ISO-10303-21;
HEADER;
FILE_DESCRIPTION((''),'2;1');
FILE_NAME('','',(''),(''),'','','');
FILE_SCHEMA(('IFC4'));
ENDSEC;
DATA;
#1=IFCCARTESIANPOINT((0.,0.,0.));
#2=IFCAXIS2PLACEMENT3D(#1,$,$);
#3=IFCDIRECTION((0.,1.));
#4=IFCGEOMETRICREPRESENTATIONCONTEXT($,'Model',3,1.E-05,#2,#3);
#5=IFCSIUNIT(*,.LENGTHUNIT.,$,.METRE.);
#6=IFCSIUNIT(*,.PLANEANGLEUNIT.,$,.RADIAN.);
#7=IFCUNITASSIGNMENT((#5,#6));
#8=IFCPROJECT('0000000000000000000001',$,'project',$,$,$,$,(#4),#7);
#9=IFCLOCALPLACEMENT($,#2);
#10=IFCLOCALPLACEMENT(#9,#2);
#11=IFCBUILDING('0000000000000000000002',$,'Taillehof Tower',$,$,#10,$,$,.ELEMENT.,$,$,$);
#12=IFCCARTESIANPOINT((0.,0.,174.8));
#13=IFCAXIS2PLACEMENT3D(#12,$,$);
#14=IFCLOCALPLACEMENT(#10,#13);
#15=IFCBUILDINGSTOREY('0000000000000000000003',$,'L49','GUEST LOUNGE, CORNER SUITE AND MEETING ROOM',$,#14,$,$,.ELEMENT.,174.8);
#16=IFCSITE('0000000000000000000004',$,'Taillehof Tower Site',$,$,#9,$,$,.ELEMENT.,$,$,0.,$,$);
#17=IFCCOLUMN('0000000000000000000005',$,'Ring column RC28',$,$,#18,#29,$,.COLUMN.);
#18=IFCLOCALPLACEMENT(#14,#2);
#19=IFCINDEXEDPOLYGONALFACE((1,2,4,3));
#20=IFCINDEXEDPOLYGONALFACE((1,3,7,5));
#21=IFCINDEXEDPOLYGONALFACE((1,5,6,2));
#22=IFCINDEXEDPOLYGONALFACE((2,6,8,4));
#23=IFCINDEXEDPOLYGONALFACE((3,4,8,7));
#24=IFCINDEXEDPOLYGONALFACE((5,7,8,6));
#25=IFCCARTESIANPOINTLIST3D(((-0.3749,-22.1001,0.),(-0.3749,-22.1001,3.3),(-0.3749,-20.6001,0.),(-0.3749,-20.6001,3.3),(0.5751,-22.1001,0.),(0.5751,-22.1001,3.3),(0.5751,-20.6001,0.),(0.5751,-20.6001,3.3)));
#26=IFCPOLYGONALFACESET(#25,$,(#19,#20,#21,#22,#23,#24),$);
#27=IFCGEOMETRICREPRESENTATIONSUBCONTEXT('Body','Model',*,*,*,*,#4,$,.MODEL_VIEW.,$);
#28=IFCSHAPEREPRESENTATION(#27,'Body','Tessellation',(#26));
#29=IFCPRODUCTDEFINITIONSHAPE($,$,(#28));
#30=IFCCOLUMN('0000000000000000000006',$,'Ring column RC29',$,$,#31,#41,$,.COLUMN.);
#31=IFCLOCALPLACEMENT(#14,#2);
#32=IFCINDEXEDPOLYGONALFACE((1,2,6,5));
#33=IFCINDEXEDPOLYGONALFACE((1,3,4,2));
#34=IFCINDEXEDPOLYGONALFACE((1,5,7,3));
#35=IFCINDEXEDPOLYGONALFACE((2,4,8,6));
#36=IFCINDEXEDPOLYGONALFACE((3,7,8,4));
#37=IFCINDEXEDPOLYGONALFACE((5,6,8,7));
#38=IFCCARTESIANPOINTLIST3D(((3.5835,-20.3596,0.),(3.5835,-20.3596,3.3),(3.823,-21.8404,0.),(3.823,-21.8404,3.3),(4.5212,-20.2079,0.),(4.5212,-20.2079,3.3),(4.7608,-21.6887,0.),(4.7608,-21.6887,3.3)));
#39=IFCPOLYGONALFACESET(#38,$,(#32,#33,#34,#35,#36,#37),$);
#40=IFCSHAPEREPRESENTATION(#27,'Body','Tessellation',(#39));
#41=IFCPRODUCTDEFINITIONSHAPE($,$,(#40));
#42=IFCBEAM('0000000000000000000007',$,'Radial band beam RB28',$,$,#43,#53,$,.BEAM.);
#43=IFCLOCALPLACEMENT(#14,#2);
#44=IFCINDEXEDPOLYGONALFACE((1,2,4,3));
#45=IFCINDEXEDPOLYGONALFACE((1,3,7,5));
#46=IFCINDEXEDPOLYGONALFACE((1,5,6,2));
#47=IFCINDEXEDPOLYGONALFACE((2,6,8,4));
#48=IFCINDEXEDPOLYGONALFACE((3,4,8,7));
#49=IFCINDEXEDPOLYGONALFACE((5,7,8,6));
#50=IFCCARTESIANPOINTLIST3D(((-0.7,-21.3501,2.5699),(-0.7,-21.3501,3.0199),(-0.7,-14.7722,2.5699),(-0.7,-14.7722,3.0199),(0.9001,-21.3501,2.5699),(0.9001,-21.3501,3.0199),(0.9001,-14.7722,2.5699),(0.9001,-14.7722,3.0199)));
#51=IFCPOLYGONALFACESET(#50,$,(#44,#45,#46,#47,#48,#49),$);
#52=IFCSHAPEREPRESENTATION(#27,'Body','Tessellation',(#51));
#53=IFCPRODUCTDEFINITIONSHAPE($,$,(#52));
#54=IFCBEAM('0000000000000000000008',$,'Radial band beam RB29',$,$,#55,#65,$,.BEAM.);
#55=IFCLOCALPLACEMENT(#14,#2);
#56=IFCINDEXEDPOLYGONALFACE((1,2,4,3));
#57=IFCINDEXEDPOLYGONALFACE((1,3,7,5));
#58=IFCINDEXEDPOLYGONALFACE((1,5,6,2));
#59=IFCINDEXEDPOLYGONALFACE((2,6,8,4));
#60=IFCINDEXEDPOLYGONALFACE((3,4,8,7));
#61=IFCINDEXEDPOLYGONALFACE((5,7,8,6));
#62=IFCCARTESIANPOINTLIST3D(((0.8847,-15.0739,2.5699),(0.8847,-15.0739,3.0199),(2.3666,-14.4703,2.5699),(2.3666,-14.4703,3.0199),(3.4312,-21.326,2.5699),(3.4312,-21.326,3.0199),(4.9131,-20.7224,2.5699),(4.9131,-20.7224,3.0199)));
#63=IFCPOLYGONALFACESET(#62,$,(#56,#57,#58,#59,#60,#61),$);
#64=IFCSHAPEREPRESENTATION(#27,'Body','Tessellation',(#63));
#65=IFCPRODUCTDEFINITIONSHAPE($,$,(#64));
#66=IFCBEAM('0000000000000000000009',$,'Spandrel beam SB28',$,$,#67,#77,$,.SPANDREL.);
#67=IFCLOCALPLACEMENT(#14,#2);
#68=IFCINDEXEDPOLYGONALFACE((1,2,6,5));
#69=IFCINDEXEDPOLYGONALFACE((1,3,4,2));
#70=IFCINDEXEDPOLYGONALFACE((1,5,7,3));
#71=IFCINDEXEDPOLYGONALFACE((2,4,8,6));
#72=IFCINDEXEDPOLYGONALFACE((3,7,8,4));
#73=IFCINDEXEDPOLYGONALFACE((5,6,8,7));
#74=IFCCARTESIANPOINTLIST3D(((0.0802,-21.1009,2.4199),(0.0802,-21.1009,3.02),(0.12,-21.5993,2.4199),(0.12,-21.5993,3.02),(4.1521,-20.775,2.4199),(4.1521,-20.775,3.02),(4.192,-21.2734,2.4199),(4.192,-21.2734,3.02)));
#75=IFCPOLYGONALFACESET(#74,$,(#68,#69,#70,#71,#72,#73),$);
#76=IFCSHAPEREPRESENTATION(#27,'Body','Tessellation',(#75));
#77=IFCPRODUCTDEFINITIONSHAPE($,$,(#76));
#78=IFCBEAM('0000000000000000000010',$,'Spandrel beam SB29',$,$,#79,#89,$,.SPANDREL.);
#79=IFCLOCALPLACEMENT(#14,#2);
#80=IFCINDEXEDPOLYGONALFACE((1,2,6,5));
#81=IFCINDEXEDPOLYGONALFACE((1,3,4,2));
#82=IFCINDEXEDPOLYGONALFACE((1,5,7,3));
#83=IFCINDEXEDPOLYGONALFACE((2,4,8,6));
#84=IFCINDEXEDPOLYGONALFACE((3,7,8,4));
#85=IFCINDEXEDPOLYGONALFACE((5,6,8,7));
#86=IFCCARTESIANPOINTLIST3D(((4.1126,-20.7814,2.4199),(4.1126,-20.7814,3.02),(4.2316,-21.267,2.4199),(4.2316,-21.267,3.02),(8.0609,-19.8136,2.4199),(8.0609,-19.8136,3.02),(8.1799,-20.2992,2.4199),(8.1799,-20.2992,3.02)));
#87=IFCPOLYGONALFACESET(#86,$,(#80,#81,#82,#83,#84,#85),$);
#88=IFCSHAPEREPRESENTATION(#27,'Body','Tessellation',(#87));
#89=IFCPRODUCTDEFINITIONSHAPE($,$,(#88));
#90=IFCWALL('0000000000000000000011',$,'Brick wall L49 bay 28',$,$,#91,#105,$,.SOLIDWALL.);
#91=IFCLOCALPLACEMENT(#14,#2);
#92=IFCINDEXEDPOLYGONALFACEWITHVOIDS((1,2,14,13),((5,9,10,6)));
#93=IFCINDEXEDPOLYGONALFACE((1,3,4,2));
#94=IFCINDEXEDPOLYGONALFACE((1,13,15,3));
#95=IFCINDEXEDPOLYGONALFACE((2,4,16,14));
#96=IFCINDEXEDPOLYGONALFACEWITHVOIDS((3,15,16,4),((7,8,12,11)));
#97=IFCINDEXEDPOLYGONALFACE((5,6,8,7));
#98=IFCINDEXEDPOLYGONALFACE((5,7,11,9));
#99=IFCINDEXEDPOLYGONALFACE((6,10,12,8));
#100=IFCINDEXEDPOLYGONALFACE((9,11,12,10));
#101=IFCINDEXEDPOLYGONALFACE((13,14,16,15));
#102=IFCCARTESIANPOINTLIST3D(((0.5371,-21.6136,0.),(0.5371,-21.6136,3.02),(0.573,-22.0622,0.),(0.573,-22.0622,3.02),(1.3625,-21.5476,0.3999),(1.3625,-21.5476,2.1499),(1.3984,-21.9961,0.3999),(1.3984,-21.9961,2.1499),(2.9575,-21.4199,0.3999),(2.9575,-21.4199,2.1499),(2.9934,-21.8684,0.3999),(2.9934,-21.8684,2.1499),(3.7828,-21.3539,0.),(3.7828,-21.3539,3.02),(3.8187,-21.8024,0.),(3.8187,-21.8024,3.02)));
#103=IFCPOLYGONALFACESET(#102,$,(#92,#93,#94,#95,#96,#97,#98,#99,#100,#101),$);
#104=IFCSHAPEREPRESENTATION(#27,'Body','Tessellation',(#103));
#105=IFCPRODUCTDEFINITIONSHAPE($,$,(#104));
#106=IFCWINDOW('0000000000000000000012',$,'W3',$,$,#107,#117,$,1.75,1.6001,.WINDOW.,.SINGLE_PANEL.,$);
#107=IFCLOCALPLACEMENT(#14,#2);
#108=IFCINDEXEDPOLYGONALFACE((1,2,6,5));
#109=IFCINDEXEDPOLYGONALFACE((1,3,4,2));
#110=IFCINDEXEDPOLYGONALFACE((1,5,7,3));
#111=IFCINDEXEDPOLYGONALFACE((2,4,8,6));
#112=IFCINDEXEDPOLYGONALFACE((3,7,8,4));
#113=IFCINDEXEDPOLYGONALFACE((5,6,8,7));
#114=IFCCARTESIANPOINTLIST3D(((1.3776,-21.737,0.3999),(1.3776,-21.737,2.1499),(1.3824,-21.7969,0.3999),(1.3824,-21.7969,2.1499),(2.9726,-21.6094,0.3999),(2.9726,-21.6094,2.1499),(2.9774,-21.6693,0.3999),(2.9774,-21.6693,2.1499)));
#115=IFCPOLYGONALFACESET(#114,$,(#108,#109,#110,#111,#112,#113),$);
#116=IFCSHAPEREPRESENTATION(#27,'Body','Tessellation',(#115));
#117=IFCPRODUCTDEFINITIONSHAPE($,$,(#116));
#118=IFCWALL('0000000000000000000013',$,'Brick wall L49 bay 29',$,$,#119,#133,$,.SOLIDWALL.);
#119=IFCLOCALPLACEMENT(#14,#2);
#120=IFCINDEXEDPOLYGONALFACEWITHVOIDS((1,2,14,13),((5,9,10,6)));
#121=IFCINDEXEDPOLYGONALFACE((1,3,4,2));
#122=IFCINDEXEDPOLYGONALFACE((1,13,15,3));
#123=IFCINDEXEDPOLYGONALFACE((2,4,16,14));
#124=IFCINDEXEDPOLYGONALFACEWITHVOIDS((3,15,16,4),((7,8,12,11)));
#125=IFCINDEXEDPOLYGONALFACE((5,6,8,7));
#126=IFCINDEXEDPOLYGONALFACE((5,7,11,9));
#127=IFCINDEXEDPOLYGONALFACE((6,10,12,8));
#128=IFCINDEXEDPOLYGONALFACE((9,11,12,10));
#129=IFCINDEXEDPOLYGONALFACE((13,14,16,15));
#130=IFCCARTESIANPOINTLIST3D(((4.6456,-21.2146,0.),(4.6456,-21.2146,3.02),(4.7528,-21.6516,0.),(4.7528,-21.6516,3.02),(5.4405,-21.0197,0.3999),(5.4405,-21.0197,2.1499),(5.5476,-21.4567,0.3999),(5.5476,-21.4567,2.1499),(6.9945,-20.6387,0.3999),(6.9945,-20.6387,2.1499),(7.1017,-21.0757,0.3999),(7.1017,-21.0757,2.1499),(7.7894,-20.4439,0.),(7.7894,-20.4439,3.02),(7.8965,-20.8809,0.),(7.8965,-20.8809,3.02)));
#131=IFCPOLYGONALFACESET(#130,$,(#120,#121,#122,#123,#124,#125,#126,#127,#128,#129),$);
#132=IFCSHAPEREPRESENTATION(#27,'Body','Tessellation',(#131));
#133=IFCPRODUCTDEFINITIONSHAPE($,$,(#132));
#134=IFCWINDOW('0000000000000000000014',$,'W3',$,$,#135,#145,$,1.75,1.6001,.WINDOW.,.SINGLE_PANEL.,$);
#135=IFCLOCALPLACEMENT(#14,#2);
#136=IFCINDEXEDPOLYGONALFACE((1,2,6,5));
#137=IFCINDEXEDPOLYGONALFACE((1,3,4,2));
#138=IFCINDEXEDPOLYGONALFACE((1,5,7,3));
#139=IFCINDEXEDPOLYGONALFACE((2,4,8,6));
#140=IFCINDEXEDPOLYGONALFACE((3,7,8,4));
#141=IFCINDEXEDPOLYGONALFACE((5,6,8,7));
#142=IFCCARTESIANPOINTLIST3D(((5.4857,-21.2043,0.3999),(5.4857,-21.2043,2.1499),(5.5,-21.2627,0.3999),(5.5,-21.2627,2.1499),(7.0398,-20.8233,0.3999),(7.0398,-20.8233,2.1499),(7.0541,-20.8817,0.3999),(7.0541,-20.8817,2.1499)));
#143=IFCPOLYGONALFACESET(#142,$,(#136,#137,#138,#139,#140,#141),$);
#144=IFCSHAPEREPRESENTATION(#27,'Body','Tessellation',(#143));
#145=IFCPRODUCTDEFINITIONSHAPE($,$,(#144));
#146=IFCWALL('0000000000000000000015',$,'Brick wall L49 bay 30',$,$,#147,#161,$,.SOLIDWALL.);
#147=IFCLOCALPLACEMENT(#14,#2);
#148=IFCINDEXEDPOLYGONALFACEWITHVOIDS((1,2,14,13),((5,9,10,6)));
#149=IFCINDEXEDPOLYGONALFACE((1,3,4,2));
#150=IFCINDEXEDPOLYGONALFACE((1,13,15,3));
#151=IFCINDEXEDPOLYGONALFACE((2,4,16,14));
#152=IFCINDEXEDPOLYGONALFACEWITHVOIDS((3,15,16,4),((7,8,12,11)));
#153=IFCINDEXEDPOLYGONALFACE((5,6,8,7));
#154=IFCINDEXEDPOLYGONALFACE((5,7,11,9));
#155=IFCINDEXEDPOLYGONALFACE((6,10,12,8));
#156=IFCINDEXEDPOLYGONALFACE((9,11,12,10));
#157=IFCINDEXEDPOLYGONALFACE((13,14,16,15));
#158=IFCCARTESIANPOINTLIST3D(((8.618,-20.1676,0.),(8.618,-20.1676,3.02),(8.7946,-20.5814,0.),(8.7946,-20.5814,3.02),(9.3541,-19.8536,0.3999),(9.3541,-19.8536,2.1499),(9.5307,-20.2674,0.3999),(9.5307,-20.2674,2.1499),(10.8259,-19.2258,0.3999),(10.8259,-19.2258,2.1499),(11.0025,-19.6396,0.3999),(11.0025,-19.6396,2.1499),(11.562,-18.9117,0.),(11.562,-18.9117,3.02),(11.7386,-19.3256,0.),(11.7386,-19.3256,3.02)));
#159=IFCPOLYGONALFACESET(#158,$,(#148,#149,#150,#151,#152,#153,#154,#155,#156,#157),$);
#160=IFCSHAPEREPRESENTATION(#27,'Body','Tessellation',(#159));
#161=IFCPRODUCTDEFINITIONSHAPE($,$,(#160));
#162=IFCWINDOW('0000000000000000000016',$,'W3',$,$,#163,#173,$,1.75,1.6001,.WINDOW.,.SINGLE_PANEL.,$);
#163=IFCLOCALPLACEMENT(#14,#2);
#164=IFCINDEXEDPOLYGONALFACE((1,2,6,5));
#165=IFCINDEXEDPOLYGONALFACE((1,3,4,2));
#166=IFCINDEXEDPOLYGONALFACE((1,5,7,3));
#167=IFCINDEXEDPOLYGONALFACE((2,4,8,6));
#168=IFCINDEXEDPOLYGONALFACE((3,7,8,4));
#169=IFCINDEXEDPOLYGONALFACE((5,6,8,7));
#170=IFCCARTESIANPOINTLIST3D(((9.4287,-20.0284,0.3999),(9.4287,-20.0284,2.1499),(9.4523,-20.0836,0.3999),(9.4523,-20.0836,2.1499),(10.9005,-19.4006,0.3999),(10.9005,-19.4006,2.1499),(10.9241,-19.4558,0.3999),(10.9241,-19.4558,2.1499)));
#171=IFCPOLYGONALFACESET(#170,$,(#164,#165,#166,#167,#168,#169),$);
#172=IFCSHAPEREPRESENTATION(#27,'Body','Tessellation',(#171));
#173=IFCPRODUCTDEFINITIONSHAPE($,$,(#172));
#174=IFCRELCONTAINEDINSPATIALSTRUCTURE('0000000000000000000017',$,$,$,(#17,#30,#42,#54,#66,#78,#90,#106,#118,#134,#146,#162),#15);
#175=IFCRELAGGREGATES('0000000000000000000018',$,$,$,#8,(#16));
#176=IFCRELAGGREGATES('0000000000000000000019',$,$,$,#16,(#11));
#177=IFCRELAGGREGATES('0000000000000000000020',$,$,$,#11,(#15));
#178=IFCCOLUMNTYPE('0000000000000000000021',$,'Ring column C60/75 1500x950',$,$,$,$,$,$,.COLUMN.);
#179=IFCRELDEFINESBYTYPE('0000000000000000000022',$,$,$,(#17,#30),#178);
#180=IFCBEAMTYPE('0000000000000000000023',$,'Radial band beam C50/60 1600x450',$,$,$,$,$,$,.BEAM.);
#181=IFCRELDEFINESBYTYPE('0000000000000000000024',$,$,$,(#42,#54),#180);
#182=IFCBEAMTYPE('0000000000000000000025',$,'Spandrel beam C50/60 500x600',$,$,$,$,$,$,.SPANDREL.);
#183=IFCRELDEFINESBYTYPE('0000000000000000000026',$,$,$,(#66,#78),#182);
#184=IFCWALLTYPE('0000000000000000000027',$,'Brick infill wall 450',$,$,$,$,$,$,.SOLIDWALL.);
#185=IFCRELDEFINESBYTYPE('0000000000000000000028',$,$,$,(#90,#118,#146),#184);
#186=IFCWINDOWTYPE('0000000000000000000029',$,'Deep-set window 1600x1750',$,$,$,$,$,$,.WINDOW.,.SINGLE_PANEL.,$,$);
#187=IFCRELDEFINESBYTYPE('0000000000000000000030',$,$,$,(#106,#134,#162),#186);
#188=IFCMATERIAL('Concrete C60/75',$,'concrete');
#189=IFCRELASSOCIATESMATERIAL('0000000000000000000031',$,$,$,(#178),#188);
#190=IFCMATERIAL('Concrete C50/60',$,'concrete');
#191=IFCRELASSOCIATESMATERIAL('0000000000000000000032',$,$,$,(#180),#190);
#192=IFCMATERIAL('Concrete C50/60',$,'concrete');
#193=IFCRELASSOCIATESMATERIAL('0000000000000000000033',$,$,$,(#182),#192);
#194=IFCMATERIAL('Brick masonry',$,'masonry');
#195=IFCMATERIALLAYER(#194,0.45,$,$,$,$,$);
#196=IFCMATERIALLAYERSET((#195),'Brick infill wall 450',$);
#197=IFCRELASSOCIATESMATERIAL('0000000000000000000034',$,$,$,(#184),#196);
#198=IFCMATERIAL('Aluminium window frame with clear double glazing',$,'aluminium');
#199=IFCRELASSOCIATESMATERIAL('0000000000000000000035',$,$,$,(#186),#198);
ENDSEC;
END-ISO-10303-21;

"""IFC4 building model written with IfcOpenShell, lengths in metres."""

from ifc_helpers import new_model, si_unit, direction, frame, frame_2d, origin, origin_2d, place, context, subcontext, project, spatial, rectangle, extrude, material, layer, layer_set, material_profile, profile_set, type_object, element, fill, save


model = new_model("IFC4")

# Units and contexts
model_context = context("Model", 3, precision=1e-05, world=origin(), true_north=direction((0.0, 1.0)))
body_context = subcontext(model_context, "Body", "Model", "MODEL_VIEW")
ifc_project = project(units=[si_unit("LENGTHUNIT", "METRE"), si_unit("PLANEANGLEUNIT", "RADIAN")], contexts=[model_context])

# Site, building, storey
site_placement = place(None, origin())
site = spatial("IfcSite", under=ifc_project, at=site_placement, Name="Taillehof Tower Site", CompositionType="ELEMENT", RefElevation=0.0)
building_placement = place(site_placement, origin())
building = spatial("IfcBuilding", under=site, at=building_placement, Name="Taillehof Tower", CompositionType="ELEMENT")
storey_placement = place(building_placement, frame((0.0, 0.0, 174.8)))
storey = spatial("IfcBuildingStorey", under=building, at=storey_placement, Name="L49", Description="GUEST LOUNGE, CORNER SUITE AND MEETING ROOM", CompositionType="ELEMENT", Elevation=174.8)

# Columns
ifc_material_1 = material(Name="Concrete C60/75", Category="concrete")
ifc_material_profile_1 = material_profile(ifc_material_1, rectangle(XDim=1.5, YDim=0.95, at=origin_2d()), Name="RC 1500x950")
ifc_profile_set_1 = profile_set([ifc_material_profile_1], Name="Concrete C60/75")
column_type = type_object("IfcColumnType", Name="Ring column C60/75 1500x950", PredefinedType="COLUMN", material=ifc_profile_set_1)
for number, where, z_axis, x_axis, name in (
    (1, (0.1001, -21.3501, 0.0), (0.0, 0.0, 1.0), (0.0, -1.0, 0.0), "Ring column RC28"),
    (2, (4.1721, -21.0242, 0.0), (0.0, 0.0, 1.0), (0.159679, -0.987169, 0.0), "Ring column RC29"),
):
    element("IfcColumn", number, at=place(storey_placement, frame(where, z_axis=z_axis, x_axis=x_axis)), inside=storey, type_object=column_type, Name=name, PredefinedType="COLUMN", context=body_context, shape_type="SweptSolid", body=[
        extrude(rectangle(XDim=1.5, YDim=0.95, at=origin_2d()), origin(), (0.0, 0.0, 1.0), 3.3),
    ])

# Beams
ifc_material_2 = material(Name="Concrete C50/60", Category="concrete")
ifc_material_profile_2 = material_profile(ifc_material_2, rectangle(XDim=1.6001, YDim=0.45, at=origin_2d()), Name="RC 1600x450")
ifc_profile_set_2 = profile_set([ifc_material_profile_2], Name="Concrete C50/60")
beam_type_1 = type_object("IfcBeamType", Name="Radial band beam C50/60 1600x450", PredefinedType="BEAM", material=ifc_profile_set_2)
beam_1_placement = place(storey_placement, frame((0.1001, -21.3501, 2.7949), z_axis=(0.0, 1.0, 0.0), x_axis=(-1.0, 0.0, 0.0)))
element("IfcBeam", 3, at=beam_1_placement, inside=storey, type_object=beam_type_1, Name="Radial band beam RB28", PredefinedType="BEAM", context=body_context, shape_type="SweptSolid", body=[
    extrude(rectangle(XDim=1.6001, YDim=0.45, at=origin_2d()), origin(), (0.0, 0.0, 1.0), 6.5779),
])
beam_2_placement = place(storey_placement, frame((4.1721, -21.0242, 2.7949), z_axis=(-0.377207, 0.926129, 0.0), x_axis=(-0.926129, -0.377207, 0.0)))
element("IfcBeam", 4, at=beam_2_placement, inside=storey, type_object=beam_type_1, Name="Radial band beam RB29", PredefinedType="BEAM", context=body_context, shape_type="SweptSolid", body=[
    extrude(rectangle(XDim=1.6001, YDim=0.45, at=origin_2d()), origin(), (0.0, 0.0, 1.0), 6.7507),
])
ifc_material_3 = material(Name="Concrete C50/60", Category="concrete")
ifc_material_profile_3 = material_profile(ifc_material_3, rectangle(XDim=0.5, YDim=0.6001, at=origin_2d()), Name="RC 500x600")
ifc_profile_set_3 = profile_set([ifc_material_profile_3], Name="Concrete C50/60")
beam_type_2 = type_object("IfcBeamType", Name="Spandrel beam C50/60 500x600", PredefinedType="SPANDREL", material=ifc_profile_set_3)
beam_3_placement = place(storey_placement, frame((0.1001, -21.3501, 2.72), z_axis=(0.996812, 0.079786, 0.0), x_axis=(-0.079786, 0.996812, 0.0)))
element("IfcBeam", 5, at=beam_3_placement, inside=storey, type_object=beam_type_2, Name="Spandrel beam SB28", PredefinedType="SPANDREL", context=body_context, shape_type="SweptSolid", body=[
    extrude(rectangle(XDim=0.5, YDim=0.6001, at=origin_2d()), origin(), (0.0, 0.0, 1.0), 4.085),
])
beam_4_placement = place(storey_placement, frame((4.1721, -21.0242, 2.72), z_axis=(0.971249, 0.238068, 0.0), x_axis=(-0.238068, 0.971249, 0.0)))
element("IfcBeam", 6, at=beam_4_placement, inside=storey, type_object=beam_type_2, Name="Spandrel beam SB29", PredefinedType="SPANDREL", context=body_context, shape_type="SweptSolid", body=[
    extrude(rectangle(XDim=0.5, YDim=0.6001, at=origin_2d()), origin(), (0.0, 0.0, 1.0), 4.0652),
])

# Walls, openings, windows
ifc_material_4 = material(Name="Brick masonry", Category="masonry")
ifc_layer_1 = layer(ifc_material_4, 0.45)
ifc_layer_set_1 = layer_set([ifc_layer_1], Name="Brick infill wall 450")
wall_type_1 = type_object("IfcWallType", Name="Brick infill wall 450", PredefinedType="SOLIDWALL", material=ifc_layer_set_1)
wall_1_placement = place(storey_placement, frame((0.5552, -21.8379, 0.0), z_axis=(0.0, 0.0, 1.0), x_axis=(0.996812, 0.079781, 0.0)))
wall_1 = element("IfcWall", 7, at=wall_1_placement, inside=storey, type_object=wall_type_1, Name="Brick wall L49 bay 28", PredefinedType="SOLIDWALL", context=body_context, shape_type="SweptSolid", body=[
    extrude(rectangle(XDim=3.2561, YDim=0.45, at=frame_2d((1.6279, 0.0))), origin(), (0.0, 0.0, 1.0), 3.02),
])
opening_1_placement = place(wall_1_placement, frame((0.8279, 0.0, 0.3999)))
opening_1 = element("IfcOpeningElement", 8, at=opening_1_placement, cuts=wall_1, PredefinedType="OPENING", context=body_context, shape_type="SweptSolid", body=[
    extrude(rectangle(XDim=1.6001, YDim=1.75, at=frame_2d((0.8, 0.875))), frame((0.0, 0.2349, 0.0), z_axis=(0.0, -1.0, 0.0), x_axis=(1.0, 0.0, 0.0)), (0.0, 0.0, 1.0), 0.47),
])
ifc_material_5 = material(Name="Aluminium window frame with clear double glazing", Category="aluminium")
window_type = type_object("IfcWindowType", Name="Deep-set window 1600x1750", PartitioningType="SINGLE_PANEL", PredefinedType="WINDOW", material=ifc_material_5)
window_1_placement = place(opening_1_placement, origin())
window_1 = element("IfcWindow", 9, at=window_1_placement, inside=storey, type_object=window_type, Name="W3", OverallHeight=1.75, OverallWidth=1.6001, PartitioningType="SINGLE_PANEL", PredefinedType="WINDOW", context=body_context, shape_type="SweptSolid", body=[
    extrude(rectangle(XDim=1.6001, YDim=1.75, at=frame_2d((0.8, 0.875))), frame((0.0, 0.0349, 0.0), z_axis=(0.0, -1.0, 0.0), x_axis=(1.0, 0.0, 0.0)), (0.0, 0.0, 1.0), 0.0601),
])
fill(opening_1, window_1)
wall_2_placement = place(storey_placement, frame((4.6992, -21.4331, 0.0), z_axis=(0.0, 0.0, 1.0), x_axis=(0.971237, 0.238114, 0.0)))
wall_2 = element("IfcWall", 10, at=wall_2_placement, inside=storey, type_object=wall_type_1, Name="Brick wall L49 bay 29", PredefinedType="SOLIDWALL", context=body_context, shape_type="SweptSolid", body=[
    extrude(rectangle(XDim=3.2368, YDim=0.45, at=frame_2d((1.6184, 0.0))), origin(), (0.0, 0.0, 1.0), 3.02),
])
opening_2_placement = place(wall_2_placement, frame((0.8184, 0.0, 0.3999)))
opening_2 = element("IfcOpeningElement", 11, at=opening_2_placement, cuts=wall_2, PredefinedType="OPENING", context=body_context, shape_type="SweptSolid", body=[
    extrude(rectangle(XDim=1.6001, YDim=1.75, at=frame_2d((0.8, 0.875))), frame((0.0, 0.2349, 0.0), z_axis=(0.0, -1.0, 0.0), x_axis=(1.0, 0.0, 0.0)), (0.0, 0.0, 1.0), 0.47),
])
window_2_placement = place(opening_2_placement, origin())
window_2 = element("IfcWindow", 12, at=window_2_placement, inside=storey, type_object=window_type, Name="W3", OverallHeight=1.75, OverallWidth=1.6001, PartitioningType="SINGLE_PANEL", PredefinedType="WINDOW", context=body_context, shape_type="SweptSolid", body=[
    extrude(rectangle(XDim=1.6001, YDim=1.75, at=frame_2d((0.8, 0.875))), frame((0.0, 0.0349, 0.0), z_axis=(0.0, -1.0, 0.0), x_axis=(1.0, 0.0, 0.0)), (0.0, 0.0, 1.0), 0.0601),
])
fill(opening_2, window_2)
wall_3_placement = place(storey_placement, frame((8.7063, -20.3745, 0.0), z_axis=(0.0, 0.0, 1.0), x_axis=(0.91981, 0.392363, 0.0)))
wall_3 = element("IfcWall", 13, at=wall_3_placement, inside=storey, type_object=wall_type_1, Name="Brick wall L49 bay 30", PredefinedType="SOLIDWALL", context=body_context, shape_type="SweptSolid", body=[
    extrude(rectangle(XDim=3.2007, YDim=0.45, at=frame_2d((1.6003, 0.0))), origin(), (0.0, 0.0, 1.0), 3.02),
])
opening_3_placement = place(wall_3_placement, frame((0.8003, 0.0, 0.3999)))
opening_3 = element("IfcOpeningElement", 14, at=opening_3_placement, cuts=wall_3, PredefinedType="OPENING", context=body_context, shape_type="SweptSolid", body=[
    extrude(rectangle(XDim=1.6001, YDim=1.75, at=frame_2d((0.8, 0.875))), frame((0.0, 0.2349, 0.0), z_axis=(0.0, -1.0, 0.0), x_axis=(1.0, 0.0, 0.0)), (0.0, 0.0, 1.0), 0.47),
])
window_3_placement = place(opening_3_placement, origin())
window_3 = element("IfcWindow", 15, at=window_3_placement, inside=storey, type_object=window_type, Name="W3", OverallHeight=1.75, OverallWidth=1.6001, PartitioningType="SINGLE_PANEL", PredefinedType="WINDOW", context=body_context, shape_type="SweptSolid", body=[
    extrude(rectangle(XDim=1.6001, YDim=1.75, at=frame_2d((0.8, 0.875))), frame((0.0, 0.0349, 0.0), z_axis=(0.0, -1.0, 0.0), x_axis=(1.0, 0.0, 0.0)), (0.0, 0.0, 1.0), 0.0601),
])
fill(opening_3, window_3)

save(model, "model.ifc")
